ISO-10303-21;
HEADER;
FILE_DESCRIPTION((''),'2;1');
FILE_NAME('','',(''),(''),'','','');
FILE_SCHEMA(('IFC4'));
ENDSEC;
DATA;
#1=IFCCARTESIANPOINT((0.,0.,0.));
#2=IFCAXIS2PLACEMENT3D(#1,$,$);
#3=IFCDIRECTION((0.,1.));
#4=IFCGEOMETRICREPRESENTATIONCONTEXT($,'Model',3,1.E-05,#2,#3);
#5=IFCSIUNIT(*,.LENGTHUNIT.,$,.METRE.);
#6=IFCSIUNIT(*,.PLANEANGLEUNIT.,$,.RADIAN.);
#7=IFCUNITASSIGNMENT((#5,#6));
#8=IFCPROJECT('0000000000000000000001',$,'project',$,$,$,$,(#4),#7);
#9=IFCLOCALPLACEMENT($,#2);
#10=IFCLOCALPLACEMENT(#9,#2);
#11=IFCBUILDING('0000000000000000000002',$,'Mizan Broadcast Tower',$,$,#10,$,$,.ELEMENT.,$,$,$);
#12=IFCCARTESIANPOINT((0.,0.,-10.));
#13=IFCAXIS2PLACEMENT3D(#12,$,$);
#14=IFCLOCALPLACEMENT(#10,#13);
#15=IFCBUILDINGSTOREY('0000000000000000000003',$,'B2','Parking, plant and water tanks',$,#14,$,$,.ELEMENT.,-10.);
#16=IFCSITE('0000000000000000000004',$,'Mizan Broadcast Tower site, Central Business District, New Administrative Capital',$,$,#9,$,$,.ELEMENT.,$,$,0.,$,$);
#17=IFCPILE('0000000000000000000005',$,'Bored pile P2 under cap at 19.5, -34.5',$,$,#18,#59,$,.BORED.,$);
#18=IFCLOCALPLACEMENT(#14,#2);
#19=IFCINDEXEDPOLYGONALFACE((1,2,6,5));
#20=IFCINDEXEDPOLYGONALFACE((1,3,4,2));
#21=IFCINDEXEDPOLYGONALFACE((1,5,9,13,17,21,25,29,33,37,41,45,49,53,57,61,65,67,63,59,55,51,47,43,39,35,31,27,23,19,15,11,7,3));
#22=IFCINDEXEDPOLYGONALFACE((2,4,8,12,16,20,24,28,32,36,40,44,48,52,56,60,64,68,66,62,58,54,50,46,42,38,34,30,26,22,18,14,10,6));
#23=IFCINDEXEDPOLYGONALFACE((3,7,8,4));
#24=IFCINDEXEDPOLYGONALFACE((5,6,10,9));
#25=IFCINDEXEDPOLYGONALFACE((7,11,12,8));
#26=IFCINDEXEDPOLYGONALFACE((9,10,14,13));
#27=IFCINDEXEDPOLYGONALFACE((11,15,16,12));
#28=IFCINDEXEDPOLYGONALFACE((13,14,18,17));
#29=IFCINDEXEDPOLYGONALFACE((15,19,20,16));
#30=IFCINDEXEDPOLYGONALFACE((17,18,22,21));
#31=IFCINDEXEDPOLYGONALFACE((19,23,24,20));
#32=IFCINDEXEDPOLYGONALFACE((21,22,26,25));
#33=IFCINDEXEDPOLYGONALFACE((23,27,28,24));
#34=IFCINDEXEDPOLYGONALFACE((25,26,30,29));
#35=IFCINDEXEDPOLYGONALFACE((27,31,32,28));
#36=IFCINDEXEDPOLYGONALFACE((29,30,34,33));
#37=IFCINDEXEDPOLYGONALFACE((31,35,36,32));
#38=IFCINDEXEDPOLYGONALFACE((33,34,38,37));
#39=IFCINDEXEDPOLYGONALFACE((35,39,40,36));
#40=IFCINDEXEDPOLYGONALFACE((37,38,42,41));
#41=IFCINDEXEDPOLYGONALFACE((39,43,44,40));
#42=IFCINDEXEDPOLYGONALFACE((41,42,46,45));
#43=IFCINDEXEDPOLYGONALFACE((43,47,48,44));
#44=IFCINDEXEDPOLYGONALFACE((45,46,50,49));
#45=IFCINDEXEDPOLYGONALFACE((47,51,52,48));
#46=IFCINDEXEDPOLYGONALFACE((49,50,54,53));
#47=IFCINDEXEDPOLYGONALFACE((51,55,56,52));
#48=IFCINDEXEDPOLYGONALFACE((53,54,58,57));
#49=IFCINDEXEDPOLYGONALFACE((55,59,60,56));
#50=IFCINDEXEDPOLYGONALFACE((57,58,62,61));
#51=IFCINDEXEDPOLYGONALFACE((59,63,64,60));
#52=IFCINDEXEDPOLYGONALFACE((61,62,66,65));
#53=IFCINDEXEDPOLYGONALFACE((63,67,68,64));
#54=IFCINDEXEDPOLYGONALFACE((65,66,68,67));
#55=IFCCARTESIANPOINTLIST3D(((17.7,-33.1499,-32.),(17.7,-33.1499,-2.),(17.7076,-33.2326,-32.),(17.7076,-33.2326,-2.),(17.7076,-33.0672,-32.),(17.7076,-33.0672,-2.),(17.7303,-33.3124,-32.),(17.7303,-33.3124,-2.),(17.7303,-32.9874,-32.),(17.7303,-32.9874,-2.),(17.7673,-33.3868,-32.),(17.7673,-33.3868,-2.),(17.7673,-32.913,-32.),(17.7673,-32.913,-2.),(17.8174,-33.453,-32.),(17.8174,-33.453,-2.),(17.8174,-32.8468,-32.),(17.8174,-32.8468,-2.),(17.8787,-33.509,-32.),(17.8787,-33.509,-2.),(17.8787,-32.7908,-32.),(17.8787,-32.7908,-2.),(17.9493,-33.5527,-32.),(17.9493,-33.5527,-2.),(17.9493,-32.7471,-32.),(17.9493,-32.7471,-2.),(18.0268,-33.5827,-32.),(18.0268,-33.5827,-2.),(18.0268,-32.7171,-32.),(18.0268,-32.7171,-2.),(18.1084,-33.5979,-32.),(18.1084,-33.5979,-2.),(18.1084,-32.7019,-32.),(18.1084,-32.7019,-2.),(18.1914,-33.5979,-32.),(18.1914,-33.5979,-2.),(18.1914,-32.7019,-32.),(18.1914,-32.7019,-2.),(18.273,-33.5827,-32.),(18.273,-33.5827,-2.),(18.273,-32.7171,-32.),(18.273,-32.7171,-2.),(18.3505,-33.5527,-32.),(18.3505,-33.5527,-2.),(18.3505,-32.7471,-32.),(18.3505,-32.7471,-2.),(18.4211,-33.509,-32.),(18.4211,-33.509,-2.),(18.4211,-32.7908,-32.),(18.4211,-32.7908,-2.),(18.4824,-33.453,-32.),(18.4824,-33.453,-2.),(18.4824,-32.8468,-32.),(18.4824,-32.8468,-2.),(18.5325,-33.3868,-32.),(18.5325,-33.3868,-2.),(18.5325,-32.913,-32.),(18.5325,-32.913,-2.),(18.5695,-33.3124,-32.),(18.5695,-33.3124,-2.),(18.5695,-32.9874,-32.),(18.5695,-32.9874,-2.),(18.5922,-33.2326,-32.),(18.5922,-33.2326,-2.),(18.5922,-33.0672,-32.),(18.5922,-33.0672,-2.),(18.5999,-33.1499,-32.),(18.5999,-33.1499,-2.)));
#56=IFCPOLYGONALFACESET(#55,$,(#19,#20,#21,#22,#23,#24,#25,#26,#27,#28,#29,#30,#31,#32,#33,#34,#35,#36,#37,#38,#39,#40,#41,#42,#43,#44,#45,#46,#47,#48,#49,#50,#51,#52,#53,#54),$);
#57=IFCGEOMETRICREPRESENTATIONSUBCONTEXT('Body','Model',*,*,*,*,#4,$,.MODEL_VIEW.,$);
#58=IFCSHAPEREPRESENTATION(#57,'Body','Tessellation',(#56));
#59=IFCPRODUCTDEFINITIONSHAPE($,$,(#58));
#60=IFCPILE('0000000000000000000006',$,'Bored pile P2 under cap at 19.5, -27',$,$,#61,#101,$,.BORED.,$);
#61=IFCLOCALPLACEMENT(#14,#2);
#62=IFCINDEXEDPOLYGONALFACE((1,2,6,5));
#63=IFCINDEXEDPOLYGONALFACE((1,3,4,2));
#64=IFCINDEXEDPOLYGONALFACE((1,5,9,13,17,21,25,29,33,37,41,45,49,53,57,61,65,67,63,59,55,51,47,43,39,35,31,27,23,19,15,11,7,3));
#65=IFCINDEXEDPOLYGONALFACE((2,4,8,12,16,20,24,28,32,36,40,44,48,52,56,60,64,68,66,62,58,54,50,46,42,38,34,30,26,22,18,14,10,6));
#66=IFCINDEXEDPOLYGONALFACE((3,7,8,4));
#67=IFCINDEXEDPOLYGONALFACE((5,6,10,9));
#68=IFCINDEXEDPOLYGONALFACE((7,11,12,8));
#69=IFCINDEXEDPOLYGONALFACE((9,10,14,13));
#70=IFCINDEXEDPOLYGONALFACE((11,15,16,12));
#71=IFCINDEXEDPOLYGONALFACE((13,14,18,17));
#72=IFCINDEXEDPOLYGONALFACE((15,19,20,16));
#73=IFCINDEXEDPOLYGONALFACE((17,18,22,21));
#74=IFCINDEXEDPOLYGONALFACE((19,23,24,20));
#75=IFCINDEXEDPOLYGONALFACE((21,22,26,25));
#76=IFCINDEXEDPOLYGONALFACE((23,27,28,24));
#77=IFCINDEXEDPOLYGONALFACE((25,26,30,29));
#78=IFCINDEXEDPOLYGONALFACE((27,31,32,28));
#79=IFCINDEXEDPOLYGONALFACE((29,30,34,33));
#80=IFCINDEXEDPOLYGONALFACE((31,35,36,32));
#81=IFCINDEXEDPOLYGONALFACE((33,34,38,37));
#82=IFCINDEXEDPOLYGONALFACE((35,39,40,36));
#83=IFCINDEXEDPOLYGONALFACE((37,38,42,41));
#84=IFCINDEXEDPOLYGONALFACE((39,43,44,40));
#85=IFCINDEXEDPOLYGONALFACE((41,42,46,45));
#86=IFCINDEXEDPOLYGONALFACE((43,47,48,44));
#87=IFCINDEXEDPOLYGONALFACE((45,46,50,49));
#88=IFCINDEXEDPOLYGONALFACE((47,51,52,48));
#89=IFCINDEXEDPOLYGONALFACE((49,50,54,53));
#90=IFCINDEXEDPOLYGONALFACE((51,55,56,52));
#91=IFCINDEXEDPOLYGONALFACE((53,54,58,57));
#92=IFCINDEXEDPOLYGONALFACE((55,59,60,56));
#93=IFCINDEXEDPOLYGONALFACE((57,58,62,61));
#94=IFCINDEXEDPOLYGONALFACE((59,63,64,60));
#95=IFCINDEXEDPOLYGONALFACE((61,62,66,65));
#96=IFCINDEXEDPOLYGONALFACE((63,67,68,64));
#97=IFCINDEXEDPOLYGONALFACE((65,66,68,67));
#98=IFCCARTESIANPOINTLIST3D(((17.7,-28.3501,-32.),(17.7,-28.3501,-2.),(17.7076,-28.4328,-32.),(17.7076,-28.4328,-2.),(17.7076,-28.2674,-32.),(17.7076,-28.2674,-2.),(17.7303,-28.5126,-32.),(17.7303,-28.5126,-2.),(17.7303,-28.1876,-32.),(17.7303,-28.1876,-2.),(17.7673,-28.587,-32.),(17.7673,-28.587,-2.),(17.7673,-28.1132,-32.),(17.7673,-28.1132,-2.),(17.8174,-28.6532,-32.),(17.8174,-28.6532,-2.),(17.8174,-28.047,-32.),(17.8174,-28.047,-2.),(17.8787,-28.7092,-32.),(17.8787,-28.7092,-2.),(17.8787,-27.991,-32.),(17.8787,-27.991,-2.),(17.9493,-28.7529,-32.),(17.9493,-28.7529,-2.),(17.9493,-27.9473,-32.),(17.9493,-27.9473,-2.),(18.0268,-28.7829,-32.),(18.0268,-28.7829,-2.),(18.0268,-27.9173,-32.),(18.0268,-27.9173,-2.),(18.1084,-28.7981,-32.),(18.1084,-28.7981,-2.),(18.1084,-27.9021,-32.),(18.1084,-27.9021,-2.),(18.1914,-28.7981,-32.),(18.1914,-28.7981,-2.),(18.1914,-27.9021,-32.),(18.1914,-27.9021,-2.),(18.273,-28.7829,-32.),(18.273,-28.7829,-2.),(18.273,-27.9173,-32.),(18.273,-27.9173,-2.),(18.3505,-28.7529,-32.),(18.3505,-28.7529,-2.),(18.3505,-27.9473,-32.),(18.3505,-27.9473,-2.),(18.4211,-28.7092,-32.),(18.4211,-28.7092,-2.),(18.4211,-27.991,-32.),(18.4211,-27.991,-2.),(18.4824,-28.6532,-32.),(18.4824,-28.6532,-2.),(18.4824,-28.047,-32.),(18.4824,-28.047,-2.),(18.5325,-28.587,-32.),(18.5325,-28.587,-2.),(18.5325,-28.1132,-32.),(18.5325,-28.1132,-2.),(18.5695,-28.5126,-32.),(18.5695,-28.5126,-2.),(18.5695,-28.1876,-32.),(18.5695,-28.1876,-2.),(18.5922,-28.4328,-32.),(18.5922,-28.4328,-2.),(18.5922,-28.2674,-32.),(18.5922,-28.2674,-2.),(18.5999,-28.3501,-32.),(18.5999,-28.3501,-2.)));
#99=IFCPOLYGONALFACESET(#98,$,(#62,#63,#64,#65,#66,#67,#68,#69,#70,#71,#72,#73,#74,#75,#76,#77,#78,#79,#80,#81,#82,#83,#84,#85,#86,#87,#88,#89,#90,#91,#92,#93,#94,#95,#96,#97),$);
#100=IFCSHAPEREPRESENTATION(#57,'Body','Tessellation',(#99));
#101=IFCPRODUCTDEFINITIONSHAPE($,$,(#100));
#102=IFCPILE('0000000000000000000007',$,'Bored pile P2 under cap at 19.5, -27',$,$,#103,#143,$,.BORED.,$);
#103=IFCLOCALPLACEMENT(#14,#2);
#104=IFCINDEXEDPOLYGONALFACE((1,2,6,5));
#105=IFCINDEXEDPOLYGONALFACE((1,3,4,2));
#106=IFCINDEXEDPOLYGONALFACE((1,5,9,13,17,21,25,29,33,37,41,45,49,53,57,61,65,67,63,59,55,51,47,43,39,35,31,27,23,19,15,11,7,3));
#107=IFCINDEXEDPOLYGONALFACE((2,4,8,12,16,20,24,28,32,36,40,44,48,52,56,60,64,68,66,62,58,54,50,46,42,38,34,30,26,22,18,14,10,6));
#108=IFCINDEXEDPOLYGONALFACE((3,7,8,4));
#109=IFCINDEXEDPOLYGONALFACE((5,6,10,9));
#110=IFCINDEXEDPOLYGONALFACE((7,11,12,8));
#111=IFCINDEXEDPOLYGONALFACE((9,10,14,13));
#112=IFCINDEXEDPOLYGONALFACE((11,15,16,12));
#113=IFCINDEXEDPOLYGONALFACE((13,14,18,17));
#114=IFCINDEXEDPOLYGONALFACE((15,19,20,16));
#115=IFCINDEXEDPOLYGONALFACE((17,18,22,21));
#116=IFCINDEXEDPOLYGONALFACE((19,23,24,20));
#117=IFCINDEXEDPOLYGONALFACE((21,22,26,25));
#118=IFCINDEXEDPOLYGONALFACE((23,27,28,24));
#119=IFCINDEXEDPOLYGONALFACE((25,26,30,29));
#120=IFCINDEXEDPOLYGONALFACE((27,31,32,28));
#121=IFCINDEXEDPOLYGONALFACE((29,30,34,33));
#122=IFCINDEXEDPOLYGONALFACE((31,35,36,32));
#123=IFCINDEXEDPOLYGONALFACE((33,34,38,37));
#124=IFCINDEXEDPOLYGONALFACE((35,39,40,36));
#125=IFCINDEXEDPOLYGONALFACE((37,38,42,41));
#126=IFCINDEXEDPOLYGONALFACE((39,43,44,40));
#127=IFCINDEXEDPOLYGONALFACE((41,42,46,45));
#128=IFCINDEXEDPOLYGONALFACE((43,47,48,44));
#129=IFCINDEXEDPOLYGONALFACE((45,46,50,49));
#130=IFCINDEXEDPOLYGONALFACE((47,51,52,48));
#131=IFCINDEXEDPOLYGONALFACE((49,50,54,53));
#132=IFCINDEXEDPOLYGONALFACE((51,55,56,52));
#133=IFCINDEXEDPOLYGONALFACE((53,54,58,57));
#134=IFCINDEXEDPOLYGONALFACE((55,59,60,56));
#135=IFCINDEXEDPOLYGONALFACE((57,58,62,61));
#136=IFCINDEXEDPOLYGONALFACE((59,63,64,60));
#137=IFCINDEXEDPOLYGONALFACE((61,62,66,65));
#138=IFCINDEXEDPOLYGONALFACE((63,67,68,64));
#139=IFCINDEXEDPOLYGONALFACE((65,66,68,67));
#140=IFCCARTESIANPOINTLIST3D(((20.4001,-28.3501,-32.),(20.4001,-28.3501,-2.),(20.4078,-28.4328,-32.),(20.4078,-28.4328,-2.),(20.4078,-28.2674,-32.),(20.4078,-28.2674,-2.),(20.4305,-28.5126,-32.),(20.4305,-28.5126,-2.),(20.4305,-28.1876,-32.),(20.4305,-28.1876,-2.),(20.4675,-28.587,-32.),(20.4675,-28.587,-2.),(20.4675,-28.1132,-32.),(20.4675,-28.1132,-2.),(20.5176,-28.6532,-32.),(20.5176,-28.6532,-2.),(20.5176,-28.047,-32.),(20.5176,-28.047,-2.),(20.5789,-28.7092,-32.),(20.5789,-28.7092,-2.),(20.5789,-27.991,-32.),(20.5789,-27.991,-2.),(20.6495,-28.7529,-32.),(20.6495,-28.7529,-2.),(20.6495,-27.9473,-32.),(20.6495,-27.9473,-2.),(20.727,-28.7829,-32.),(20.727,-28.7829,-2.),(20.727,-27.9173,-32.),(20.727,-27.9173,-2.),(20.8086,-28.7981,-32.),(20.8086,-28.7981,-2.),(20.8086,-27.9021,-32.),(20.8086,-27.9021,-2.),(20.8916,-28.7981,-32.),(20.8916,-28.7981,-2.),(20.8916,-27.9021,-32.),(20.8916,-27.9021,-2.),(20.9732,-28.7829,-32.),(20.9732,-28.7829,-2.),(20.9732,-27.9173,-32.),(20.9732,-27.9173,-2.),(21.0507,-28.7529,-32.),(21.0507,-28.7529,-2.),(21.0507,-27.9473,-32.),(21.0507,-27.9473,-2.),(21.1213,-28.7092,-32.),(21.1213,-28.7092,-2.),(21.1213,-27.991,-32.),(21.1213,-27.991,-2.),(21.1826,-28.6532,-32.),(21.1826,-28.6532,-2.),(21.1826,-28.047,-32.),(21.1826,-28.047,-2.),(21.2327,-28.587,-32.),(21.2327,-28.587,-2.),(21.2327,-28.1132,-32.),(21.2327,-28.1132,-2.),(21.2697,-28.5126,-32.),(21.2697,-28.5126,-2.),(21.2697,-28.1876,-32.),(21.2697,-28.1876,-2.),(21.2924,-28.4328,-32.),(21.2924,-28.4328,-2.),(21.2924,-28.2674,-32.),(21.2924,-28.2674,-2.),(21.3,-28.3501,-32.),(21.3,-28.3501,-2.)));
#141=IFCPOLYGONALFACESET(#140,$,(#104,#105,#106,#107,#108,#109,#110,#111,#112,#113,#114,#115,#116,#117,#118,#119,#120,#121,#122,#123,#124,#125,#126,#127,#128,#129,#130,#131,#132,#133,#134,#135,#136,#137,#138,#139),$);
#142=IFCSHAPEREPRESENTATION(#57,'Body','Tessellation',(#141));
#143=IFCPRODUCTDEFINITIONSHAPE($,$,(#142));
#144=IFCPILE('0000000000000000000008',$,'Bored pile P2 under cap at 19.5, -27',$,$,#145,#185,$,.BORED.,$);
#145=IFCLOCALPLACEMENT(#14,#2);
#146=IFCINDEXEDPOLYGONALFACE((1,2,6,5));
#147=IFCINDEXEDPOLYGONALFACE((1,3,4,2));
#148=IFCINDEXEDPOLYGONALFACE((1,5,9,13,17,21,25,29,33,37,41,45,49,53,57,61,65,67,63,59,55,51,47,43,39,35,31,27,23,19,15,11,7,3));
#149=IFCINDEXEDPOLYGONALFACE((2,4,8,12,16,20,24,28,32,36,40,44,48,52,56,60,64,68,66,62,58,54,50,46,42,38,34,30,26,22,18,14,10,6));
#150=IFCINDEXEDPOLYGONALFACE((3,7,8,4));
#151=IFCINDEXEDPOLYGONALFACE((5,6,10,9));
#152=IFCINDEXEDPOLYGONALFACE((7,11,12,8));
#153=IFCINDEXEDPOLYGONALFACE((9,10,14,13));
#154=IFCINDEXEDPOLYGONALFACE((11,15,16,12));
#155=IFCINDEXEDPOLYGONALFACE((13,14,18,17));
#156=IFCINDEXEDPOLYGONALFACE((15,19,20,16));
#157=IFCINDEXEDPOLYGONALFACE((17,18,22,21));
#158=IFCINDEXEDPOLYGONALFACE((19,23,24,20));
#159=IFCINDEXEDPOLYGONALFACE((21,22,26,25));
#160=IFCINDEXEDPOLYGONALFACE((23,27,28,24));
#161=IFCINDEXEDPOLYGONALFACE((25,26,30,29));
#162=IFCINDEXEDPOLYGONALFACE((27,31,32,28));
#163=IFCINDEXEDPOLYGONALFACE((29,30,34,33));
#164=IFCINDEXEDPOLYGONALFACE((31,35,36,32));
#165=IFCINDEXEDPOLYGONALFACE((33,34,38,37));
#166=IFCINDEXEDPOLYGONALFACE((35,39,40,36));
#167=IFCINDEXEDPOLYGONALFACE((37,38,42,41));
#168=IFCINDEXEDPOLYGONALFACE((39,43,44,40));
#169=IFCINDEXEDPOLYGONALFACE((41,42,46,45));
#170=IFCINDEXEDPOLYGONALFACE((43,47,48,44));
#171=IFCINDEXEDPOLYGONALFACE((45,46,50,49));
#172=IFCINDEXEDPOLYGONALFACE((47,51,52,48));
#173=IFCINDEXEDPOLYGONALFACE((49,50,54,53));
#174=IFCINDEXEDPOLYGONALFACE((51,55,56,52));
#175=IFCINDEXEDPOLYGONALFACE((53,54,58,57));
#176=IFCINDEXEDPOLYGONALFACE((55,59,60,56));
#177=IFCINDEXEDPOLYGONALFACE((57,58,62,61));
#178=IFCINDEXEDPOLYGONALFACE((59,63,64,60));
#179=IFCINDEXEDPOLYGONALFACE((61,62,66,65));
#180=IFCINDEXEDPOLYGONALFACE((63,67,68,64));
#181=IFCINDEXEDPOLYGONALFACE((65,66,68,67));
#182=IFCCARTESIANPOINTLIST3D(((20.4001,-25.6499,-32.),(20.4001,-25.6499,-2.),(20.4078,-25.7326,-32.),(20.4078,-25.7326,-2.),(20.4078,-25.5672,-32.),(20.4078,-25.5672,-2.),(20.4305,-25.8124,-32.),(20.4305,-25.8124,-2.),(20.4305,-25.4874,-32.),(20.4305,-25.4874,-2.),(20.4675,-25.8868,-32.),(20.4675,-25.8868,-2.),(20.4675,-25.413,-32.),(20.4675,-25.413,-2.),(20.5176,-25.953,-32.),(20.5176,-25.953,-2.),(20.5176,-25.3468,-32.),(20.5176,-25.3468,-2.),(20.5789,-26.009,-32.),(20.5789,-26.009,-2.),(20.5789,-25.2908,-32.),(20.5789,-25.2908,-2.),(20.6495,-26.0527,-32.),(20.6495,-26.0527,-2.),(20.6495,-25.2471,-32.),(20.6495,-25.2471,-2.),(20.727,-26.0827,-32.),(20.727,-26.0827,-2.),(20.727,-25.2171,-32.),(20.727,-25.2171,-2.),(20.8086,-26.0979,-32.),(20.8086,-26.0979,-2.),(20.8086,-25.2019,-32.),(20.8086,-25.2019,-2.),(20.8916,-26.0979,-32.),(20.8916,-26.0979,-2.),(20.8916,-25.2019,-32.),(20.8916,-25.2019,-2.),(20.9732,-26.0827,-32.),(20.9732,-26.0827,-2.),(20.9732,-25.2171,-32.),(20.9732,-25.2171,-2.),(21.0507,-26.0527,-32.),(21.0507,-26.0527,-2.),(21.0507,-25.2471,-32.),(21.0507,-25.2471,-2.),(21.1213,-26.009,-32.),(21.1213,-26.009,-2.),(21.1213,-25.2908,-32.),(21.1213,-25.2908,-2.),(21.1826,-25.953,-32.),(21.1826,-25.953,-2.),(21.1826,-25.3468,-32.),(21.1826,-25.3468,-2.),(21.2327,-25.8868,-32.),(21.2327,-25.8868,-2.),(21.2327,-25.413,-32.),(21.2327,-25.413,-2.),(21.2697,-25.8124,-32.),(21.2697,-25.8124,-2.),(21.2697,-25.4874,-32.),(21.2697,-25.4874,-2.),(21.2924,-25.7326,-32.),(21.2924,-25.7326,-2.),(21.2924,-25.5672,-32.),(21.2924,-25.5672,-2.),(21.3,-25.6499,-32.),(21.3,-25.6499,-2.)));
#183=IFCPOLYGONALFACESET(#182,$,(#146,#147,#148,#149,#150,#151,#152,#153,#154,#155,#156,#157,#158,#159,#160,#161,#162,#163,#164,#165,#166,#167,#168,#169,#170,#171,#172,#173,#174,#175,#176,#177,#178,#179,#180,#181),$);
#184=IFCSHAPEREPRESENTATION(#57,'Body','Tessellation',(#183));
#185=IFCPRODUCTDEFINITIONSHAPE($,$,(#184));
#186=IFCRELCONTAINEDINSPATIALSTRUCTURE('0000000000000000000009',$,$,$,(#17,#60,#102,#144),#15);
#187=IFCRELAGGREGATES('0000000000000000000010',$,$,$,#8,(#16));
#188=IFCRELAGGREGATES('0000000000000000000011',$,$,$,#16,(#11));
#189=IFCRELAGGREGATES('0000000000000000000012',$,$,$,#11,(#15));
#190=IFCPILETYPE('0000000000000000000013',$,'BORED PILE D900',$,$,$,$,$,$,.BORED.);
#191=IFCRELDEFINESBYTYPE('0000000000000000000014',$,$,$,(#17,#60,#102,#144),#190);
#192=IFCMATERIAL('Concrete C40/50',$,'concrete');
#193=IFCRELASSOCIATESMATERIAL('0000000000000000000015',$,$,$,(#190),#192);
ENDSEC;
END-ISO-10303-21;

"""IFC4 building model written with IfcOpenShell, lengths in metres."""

from ifc_helpers import new_model, si_unit, direction, frame, origin, origin_2d, place, context, subcontext, project, spatial, circle, extrude, material, material_profile, profile_set, type_object, element, save


model = new_model("IFC4")

# Units and contexts
model_context = context("Model", 3, precision=1e-05, world=origin(), true_north=direction((0.0, 1.0)))
body_context = subcontext(model_context, "Body", "Model", "MODEL_VIEW")
ifc_project = project(units=[si_unit("LENGTHUNIT", "METRE"), si_unit("PLANEANGLEUNIT", "RADIAN")], contexts=[model_context])

# Site, building, storey
site_placement = place(None, origin())
site = spatial("IfcSite", under=ifc_project, at=site_placement, Name="Mizan Broadcast Tower site, Central Business District, New Administrative Capital", CompositionType="ELEMENT", RefElevation=0.0)
building_placement = place(site_placement, origin())
building = spatial("IfcBuilding", under=site, at=building_placement, Name="Mizan Broadcast Tower", CompositionType="ELEMENT")
storey_placement = place(building_placement, frame((0.0, 0.0, -10.0)))
storey = spatial("IfcBuildingStorey", under=building, at=storey_placement, Name="B2", Description="Parking, plant and water tanks", CompositionType="ELEMENT", Elevation=-10.0)

# Piles
ifc_material_1 = material(Name="Concrete C40/50", Category="concrete")
ifc_material_profile_1 = material_profile(ifc_material_1, circle(Radius=0.45, at=origin_2d()), Name="D900")
ifc_profile_set_1 = profile_set([ifc_material_profile_1], Name="Concrete C40/50")
pile_type_1 = type_object("IfcPileType", Name="BORED PILE D900", PredefinedType="BORED", material=ifc_profile_set_1)
for number, where, z_axis, x_axis, name in (
    (1, (18.1499, -33.1499, -2.0), (0.0, 0.0, -1.0), (1.0, 0.0, 0.0), "Bored pile P2 under cap at 19.5, -34.5"),
    (2, (18.1499, -28.3501, -2.0), (0.0, 0.0, -1.0), (1.0, 0.0, 0.0), "Bored pile P2 under cap at 19.5, -27"),
    (3, (20.8501, -28.3501, -2.0), (0.0, 0.0, -1.0), (1.0, 0.0, 0.0), "Bored pile P2 under cap at 19.5, -27"),
    (4, (20.8501, -25.6499, -2.0), (0.0, 0.0, -1.0), (1.0, 0.0, 0.0), "Bored pile P2 under cap at 19.5, -27"),
):
    element("IfcPile", number, at=place(storey_placement, frame(where, z_axis=z_axis, x_axis=x_axis)), inside=storey, type_object=pile_type_1, Name=name, PredefinedType="BORED", context=body_context, shape_type="SweptSolid", body=[
        extrude(circle(Radius=0.45, at=origin_2d()), origin(), (0.0, 0.0, 1.0), 30.0),
    ])

save(model, "model.ifc")
